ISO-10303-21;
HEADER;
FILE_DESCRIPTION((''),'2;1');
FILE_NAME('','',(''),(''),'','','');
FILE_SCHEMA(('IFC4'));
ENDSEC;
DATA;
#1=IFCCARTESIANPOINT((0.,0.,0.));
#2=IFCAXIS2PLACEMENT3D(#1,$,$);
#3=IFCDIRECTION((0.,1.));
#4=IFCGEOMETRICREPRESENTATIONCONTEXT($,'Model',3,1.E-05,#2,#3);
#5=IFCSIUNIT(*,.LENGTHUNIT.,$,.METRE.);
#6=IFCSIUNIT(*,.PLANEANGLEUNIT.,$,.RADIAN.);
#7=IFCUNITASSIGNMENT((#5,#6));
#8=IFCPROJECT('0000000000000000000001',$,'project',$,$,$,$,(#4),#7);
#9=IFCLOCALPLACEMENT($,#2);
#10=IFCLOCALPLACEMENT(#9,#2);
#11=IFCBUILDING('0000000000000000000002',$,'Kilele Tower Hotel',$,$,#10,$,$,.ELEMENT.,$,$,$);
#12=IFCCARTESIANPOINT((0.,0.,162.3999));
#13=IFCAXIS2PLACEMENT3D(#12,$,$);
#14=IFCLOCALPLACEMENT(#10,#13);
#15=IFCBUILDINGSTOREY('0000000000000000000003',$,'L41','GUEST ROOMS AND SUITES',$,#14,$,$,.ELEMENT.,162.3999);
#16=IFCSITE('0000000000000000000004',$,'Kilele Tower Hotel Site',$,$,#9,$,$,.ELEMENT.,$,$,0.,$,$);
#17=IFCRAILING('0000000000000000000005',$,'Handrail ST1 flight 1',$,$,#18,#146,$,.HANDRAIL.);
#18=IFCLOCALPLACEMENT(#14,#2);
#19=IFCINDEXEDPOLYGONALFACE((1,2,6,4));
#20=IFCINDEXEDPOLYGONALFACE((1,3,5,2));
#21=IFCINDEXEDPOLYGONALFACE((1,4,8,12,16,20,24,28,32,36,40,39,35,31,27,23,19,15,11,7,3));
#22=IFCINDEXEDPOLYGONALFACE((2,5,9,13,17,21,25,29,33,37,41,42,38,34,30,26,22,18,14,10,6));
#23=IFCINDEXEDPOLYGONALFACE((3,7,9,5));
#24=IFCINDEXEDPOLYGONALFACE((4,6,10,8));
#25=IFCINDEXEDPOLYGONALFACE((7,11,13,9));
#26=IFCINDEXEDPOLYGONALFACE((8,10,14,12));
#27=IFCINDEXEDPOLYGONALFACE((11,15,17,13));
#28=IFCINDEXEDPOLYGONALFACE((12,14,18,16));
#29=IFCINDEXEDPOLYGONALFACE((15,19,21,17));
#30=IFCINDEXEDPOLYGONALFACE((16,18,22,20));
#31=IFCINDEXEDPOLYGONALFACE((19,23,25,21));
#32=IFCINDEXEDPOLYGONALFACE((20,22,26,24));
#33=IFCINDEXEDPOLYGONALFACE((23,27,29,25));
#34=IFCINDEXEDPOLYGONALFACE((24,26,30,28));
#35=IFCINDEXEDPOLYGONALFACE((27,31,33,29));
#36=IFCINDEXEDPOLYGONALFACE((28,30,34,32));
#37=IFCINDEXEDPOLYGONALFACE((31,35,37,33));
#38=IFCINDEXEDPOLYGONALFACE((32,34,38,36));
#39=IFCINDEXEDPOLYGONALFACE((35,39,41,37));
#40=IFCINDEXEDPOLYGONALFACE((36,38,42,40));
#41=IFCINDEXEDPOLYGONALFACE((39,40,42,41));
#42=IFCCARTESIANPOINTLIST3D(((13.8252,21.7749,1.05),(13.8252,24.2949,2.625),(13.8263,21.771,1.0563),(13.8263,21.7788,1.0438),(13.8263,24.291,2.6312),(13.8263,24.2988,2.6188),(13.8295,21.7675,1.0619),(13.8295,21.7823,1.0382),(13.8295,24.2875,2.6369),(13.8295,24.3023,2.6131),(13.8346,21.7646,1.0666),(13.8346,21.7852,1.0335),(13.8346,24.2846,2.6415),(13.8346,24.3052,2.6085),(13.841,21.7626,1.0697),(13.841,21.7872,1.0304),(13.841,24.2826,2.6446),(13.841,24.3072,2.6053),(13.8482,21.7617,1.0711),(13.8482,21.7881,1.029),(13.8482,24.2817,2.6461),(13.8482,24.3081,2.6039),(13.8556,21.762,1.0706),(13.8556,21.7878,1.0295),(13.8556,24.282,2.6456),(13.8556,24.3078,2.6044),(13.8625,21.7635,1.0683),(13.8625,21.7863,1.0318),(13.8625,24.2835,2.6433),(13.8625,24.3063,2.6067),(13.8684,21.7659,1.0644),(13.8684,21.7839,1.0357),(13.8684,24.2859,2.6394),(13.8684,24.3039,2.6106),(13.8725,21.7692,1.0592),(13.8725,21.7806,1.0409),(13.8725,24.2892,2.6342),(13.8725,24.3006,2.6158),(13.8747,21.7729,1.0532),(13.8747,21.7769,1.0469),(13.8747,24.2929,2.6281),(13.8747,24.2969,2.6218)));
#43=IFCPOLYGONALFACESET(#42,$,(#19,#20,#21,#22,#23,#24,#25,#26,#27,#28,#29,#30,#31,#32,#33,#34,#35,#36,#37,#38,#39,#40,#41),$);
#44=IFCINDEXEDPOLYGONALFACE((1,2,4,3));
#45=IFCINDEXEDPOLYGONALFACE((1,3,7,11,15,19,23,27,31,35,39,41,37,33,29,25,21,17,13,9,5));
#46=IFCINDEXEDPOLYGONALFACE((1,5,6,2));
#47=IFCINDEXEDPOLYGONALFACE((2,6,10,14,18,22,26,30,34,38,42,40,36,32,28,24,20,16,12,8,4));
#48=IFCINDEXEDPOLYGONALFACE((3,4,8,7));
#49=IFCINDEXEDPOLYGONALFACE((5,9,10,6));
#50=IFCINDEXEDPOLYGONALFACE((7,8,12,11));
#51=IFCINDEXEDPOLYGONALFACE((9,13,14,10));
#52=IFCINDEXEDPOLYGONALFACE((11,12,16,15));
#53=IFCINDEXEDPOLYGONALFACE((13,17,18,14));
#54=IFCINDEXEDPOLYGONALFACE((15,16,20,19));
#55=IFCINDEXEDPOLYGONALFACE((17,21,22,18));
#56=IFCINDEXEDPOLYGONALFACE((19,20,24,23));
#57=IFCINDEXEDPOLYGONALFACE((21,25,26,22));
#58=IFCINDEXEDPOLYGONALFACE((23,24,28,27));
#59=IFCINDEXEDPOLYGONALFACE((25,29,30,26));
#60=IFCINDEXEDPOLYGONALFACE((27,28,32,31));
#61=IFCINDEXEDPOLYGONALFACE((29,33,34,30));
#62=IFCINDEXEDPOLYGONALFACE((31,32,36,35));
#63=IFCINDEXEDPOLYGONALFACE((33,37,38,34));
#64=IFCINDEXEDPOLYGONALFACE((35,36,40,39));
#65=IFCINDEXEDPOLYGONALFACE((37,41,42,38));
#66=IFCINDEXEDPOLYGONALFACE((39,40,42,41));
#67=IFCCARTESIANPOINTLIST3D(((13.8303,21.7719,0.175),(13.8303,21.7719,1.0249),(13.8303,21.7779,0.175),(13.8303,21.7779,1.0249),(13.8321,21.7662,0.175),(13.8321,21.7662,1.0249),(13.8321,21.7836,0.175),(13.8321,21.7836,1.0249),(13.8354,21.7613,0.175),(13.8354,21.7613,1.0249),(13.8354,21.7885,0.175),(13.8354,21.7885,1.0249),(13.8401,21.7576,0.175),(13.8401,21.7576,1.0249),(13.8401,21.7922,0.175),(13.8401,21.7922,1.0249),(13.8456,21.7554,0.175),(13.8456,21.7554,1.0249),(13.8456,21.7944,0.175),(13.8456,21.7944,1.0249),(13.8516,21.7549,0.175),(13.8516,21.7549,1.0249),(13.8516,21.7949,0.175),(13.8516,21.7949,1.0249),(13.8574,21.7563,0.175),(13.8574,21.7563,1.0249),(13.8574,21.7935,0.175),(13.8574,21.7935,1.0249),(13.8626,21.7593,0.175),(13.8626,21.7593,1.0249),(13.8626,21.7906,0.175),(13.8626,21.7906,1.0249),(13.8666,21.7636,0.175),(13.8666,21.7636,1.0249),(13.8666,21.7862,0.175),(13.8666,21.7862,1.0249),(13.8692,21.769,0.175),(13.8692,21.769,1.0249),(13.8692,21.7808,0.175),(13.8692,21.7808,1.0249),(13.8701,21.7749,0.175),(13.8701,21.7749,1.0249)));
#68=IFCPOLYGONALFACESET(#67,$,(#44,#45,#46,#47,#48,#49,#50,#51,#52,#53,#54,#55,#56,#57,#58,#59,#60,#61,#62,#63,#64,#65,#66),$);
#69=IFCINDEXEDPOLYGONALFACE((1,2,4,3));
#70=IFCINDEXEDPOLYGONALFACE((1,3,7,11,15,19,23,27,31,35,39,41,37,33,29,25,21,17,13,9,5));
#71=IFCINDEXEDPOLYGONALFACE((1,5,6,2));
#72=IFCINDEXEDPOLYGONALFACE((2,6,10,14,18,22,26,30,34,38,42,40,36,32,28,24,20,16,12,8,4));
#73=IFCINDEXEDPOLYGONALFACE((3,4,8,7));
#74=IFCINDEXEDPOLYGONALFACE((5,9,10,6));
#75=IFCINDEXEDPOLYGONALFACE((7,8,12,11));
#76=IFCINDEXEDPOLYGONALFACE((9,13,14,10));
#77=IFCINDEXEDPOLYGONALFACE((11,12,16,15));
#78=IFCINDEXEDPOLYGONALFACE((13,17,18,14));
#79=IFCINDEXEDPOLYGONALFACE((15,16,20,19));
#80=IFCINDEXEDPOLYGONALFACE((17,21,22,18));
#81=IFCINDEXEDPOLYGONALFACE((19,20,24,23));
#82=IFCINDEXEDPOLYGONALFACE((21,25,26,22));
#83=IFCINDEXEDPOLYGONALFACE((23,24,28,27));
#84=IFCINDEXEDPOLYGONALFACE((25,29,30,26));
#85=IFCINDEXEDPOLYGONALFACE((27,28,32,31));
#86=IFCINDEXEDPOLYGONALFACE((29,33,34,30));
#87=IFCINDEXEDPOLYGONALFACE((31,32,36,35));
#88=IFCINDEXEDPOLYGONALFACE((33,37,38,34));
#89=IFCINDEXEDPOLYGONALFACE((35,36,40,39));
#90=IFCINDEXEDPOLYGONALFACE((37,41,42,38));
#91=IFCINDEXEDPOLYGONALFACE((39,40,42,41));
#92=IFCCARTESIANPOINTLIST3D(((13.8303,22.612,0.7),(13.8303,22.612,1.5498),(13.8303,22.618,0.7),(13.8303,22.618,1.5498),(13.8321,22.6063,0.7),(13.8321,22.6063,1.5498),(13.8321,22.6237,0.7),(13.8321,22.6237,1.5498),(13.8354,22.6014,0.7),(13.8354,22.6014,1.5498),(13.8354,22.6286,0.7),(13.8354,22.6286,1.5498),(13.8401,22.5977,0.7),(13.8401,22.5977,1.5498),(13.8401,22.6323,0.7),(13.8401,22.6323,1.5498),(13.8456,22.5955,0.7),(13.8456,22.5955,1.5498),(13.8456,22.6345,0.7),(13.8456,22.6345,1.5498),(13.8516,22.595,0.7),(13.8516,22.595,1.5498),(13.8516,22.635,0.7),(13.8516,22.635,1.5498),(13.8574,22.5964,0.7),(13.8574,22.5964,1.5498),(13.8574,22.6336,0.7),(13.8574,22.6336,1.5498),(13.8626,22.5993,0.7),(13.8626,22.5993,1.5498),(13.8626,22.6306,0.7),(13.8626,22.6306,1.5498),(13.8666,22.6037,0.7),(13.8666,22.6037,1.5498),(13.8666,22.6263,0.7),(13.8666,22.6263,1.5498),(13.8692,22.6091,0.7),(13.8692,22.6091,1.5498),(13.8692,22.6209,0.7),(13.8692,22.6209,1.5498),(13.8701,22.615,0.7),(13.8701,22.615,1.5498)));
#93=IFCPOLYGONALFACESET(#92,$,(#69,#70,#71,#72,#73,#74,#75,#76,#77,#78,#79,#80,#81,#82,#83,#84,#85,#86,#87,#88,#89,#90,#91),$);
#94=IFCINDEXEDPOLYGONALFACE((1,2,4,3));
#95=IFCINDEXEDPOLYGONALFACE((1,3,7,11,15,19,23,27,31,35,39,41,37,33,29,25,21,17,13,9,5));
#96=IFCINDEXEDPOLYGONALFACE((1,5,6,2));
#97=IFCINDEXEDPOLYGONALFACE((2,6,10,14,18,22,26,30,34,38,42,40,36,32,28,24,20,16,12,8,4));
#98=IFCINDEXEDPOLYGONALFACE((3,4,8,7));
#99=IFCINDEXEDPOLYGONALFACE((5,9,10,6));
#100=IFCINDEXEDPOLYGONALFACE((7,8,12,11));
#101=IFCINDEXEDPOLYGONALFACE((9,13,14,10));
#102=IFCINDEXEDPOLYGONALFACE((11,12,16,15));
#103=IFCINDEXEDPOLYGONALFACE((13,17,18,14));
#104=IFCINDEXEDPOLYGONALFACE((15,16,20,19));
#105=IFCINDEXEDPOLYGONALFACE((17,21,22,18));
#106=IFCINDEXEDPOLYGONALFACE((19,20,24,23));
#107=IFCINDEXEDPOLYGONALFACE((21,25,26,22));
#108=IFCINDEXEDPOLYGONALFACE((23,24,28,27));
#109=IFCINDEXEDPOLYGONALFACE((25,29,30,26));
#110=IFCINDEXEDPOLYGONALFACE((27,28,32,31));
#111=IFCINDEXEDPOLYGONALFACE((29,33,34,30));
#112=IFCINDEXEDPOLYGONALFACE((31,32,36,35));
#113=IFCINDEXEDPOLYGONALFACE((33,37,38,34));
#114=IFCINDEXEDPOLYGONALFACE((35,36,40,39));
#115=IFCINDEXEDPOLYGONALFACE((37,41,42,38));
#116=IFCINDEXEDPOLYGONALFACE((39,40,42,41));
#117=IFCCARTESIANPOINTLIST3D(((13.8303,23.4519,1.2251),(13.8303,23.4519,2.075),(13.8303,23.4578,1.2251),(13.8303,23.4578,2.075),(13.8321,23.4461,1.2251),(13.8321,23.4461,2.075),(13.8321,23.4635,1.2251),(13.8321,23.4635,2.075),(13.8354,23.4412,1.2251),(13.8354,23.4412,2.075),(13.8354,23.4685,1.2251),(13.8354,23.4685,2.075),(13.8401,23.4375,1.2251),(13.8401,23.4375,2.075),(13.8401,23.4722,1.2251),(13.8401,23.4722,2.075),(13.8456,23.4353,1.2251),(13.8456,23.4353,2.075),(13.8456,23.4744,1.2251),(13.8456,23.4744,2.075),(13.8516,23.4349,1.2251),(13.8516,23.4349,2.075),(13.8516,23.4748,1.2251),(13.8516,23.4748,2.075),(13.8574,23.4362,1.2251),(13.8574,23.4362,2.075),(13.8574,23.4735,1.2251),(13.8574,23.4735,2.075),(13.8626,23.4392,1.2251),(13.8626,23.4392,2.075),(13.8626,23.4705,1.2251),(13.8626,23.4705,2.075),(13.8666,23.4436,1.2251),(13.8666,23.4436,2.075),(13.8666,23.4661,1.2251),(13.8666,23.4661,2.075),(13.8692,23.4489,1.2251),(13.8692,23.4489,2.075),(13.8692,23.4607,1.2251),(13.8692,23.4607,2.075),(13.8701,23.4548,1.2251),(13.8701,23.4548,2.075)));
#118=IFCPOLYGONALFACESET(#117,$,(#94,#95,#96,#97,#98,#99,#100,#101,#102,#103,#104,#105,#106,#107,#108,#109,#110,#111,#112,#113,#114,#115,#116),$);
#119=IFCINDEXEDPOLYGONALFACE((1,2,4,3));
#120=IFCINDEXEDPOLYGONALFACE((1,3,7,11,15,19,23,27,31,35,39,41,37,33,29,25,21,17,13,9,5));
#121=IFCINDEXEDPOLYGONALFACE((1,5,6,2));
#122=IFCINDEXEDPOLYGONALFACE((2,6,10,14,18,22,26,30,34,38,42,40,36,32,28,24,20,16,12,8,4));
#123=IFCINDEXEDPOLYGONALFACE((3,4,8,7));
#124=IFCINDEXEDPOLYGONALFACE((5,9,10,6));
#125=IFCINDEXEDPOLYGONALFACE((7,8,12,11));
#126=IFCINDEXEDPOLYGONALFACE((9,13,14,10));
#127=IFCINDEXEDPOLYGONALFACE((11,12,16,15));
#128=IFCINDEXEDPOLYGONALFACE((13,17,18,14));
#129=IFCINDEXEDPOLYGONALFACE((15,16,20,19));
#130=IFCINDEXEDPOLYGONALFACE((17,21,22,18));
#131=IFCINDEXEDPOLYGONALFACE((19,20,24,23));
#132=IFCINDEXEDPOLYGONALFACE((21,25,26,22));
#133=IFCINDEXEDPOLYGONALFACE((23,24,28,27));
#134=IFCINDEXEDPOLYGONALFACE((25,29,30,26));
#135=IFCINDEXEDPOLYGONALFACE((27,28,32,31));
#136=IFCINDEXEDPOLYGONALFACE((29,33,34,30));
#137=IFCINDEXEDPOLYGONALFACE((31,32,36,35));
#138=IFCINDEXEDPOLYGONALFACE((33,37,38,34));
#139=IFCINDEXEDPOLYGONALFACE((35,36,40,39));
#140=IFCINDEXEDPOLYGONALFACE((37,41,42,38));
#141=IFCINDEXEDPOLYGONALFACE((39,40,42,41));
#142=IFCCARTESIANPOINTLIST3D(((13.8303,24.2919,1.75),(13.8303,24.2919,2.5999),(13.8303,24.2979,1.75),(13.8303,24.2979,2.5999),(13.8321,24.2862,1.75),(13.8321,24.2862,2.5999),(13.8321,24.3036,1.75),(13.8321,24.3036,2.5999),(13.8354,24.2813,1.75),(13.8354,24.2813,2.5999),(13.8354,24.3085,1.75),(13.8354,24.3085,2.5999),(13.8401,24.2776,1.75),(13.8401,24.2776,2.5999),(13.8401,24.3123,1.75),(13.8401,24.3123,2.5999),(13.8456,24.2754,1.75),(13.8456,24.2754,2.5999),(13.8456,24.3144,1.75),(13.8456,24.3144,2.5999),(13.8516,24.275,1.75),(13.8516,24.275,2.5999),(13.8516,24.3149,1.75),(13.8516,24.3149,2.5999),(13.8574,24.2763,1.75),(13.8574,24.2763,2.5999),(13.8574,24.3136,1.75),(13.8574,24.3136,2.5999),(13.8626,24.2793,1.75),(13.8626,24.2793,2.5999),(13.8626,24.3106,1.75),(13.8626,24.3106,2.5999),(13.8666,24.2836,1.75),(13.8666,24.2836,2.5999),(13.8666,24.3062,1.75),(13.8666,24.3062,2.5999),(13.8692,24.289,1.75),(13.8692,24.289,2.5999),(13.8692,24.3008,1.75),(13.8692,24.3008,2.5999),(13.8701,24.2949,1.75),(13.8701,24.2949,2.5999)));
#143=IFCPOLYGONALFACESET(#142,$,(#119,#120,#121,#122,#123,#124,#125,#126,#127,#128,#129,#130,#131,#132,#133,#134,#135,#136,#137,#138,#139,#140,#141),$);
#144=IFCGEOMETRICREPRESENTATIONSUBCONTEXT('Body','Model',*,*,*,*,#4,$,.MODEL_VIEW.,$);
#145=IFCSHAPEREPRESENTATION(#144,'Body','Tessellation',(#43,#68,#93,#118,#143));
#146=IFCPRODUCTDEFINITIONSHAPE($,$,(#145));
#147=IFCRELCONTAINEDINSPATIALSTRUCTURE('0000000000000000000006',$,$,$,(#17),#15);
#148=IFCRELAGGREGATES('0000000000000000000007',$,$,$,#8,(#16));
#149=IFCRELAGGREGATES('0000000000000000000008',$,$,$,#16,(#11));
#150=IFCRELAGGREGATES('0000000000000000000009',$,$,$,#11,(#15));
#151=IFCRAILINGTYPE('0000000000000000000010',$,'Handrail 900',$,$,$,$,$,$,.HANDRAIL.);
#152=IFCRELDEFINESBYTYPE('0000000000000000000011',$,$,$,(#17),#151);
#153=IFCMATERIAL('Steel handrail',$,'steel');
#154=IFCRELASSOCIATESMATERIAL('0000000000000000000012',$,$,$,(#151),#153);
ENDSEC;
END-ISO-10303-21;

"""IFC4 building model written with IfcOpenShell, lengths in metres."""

from ifc_helpers import new_model, si_unit, direction, frame, origin, origin_2d, place, context, subcontext, project, spatial, circle, extrude, material, type_object, element, save


model = new_model("IFC4")

# Units and contexts
model_context = context("Model", 3, precision=1e-05, world=origin(), true_north=direction((0.0, 1.0)))
body_context = subcontext(model_context, "Body", "Model", "MODEL_VIEW")
ifc_project = project(units=[si_unit("LENGTHUNIT", "METRE"), si_unit("PLANEANGLEUNIT", "RADIAN")], contexts=[model_context])

# Site, building, storey
site_placement = place(None, origin())
site = spatial("IfcSite", under=ifc_project, at=site_placement, Name="Kilele Tower Hotel Site", CompositionType="ELEMENT", RefElevation=0.0)
building_placement = place(site_placement, origin())
building = spatial("IfcBuilding", under=site, at=building_placement, Name="Kilele Tower Hotel", CompositionType="ELEMENT")
storey_placement = place(building_placement, frame((0.0, 0.0, 162.3999)))
storey = spatial("IfcBuildingStorey", under=building, at=storey_placement, Name="L41", Description="GUEST ROOMS AND SUITES", CompositionType="ELEMENT", Elevation=162.3999)

# Railing
ifc_material_1 = material(Name="Steel handrail", Category="steel")
railing_type_1 = type_object("IfcRailingType", Name="Handrail 900", PredefinedType="HANDRAIL", material=ifc_material_1)
for number, where, name in (
    (1, (13.8501, 21.7749, 0.175), "Handrail ST1 flight 1"),
):
    element("IfcRailing", number, at=place(storey_placement, frame(where)), inside=storey, type_object=railing_type_1, Name=name, PredefinedType="HANDRAIL", context=body_context, shape_type="SweptSolid", body=[
        extrude(circle(Radius=0.0249, at=origin_2d()), frame((0.0, 0.0, 0.875), z_axis=(0.0, 0.848008, 0.529984), x_axis=(-1.0, 0.0, 0.0)), (0.0, 0.0, 1.0), 2.9717),
        extrude(circle(Radius=0.02, at=origin_2d()), origin(), (0.0, 0.0, 1.0), 0.8499),
        extrude(circle(Radius=0.02, at=origin_2d()), frame((0.0, 0.8401, 0.5249)), (0.0, 0.0, 1.0), 0.8499),
        extrude(circle(Radius=0.02, at=origin_2d()), frame((0.0, 1.6799, 1.05)), (0.0, 0.0, 1.0), 0.8499),
        extrude(circle(Radius=0.02, at=origin_2d()), frame((0.0, 2.52, 1.575)), (0.0, 0.0, 1.0), 0.8499),
    ])

save(model, "model.ifc")
